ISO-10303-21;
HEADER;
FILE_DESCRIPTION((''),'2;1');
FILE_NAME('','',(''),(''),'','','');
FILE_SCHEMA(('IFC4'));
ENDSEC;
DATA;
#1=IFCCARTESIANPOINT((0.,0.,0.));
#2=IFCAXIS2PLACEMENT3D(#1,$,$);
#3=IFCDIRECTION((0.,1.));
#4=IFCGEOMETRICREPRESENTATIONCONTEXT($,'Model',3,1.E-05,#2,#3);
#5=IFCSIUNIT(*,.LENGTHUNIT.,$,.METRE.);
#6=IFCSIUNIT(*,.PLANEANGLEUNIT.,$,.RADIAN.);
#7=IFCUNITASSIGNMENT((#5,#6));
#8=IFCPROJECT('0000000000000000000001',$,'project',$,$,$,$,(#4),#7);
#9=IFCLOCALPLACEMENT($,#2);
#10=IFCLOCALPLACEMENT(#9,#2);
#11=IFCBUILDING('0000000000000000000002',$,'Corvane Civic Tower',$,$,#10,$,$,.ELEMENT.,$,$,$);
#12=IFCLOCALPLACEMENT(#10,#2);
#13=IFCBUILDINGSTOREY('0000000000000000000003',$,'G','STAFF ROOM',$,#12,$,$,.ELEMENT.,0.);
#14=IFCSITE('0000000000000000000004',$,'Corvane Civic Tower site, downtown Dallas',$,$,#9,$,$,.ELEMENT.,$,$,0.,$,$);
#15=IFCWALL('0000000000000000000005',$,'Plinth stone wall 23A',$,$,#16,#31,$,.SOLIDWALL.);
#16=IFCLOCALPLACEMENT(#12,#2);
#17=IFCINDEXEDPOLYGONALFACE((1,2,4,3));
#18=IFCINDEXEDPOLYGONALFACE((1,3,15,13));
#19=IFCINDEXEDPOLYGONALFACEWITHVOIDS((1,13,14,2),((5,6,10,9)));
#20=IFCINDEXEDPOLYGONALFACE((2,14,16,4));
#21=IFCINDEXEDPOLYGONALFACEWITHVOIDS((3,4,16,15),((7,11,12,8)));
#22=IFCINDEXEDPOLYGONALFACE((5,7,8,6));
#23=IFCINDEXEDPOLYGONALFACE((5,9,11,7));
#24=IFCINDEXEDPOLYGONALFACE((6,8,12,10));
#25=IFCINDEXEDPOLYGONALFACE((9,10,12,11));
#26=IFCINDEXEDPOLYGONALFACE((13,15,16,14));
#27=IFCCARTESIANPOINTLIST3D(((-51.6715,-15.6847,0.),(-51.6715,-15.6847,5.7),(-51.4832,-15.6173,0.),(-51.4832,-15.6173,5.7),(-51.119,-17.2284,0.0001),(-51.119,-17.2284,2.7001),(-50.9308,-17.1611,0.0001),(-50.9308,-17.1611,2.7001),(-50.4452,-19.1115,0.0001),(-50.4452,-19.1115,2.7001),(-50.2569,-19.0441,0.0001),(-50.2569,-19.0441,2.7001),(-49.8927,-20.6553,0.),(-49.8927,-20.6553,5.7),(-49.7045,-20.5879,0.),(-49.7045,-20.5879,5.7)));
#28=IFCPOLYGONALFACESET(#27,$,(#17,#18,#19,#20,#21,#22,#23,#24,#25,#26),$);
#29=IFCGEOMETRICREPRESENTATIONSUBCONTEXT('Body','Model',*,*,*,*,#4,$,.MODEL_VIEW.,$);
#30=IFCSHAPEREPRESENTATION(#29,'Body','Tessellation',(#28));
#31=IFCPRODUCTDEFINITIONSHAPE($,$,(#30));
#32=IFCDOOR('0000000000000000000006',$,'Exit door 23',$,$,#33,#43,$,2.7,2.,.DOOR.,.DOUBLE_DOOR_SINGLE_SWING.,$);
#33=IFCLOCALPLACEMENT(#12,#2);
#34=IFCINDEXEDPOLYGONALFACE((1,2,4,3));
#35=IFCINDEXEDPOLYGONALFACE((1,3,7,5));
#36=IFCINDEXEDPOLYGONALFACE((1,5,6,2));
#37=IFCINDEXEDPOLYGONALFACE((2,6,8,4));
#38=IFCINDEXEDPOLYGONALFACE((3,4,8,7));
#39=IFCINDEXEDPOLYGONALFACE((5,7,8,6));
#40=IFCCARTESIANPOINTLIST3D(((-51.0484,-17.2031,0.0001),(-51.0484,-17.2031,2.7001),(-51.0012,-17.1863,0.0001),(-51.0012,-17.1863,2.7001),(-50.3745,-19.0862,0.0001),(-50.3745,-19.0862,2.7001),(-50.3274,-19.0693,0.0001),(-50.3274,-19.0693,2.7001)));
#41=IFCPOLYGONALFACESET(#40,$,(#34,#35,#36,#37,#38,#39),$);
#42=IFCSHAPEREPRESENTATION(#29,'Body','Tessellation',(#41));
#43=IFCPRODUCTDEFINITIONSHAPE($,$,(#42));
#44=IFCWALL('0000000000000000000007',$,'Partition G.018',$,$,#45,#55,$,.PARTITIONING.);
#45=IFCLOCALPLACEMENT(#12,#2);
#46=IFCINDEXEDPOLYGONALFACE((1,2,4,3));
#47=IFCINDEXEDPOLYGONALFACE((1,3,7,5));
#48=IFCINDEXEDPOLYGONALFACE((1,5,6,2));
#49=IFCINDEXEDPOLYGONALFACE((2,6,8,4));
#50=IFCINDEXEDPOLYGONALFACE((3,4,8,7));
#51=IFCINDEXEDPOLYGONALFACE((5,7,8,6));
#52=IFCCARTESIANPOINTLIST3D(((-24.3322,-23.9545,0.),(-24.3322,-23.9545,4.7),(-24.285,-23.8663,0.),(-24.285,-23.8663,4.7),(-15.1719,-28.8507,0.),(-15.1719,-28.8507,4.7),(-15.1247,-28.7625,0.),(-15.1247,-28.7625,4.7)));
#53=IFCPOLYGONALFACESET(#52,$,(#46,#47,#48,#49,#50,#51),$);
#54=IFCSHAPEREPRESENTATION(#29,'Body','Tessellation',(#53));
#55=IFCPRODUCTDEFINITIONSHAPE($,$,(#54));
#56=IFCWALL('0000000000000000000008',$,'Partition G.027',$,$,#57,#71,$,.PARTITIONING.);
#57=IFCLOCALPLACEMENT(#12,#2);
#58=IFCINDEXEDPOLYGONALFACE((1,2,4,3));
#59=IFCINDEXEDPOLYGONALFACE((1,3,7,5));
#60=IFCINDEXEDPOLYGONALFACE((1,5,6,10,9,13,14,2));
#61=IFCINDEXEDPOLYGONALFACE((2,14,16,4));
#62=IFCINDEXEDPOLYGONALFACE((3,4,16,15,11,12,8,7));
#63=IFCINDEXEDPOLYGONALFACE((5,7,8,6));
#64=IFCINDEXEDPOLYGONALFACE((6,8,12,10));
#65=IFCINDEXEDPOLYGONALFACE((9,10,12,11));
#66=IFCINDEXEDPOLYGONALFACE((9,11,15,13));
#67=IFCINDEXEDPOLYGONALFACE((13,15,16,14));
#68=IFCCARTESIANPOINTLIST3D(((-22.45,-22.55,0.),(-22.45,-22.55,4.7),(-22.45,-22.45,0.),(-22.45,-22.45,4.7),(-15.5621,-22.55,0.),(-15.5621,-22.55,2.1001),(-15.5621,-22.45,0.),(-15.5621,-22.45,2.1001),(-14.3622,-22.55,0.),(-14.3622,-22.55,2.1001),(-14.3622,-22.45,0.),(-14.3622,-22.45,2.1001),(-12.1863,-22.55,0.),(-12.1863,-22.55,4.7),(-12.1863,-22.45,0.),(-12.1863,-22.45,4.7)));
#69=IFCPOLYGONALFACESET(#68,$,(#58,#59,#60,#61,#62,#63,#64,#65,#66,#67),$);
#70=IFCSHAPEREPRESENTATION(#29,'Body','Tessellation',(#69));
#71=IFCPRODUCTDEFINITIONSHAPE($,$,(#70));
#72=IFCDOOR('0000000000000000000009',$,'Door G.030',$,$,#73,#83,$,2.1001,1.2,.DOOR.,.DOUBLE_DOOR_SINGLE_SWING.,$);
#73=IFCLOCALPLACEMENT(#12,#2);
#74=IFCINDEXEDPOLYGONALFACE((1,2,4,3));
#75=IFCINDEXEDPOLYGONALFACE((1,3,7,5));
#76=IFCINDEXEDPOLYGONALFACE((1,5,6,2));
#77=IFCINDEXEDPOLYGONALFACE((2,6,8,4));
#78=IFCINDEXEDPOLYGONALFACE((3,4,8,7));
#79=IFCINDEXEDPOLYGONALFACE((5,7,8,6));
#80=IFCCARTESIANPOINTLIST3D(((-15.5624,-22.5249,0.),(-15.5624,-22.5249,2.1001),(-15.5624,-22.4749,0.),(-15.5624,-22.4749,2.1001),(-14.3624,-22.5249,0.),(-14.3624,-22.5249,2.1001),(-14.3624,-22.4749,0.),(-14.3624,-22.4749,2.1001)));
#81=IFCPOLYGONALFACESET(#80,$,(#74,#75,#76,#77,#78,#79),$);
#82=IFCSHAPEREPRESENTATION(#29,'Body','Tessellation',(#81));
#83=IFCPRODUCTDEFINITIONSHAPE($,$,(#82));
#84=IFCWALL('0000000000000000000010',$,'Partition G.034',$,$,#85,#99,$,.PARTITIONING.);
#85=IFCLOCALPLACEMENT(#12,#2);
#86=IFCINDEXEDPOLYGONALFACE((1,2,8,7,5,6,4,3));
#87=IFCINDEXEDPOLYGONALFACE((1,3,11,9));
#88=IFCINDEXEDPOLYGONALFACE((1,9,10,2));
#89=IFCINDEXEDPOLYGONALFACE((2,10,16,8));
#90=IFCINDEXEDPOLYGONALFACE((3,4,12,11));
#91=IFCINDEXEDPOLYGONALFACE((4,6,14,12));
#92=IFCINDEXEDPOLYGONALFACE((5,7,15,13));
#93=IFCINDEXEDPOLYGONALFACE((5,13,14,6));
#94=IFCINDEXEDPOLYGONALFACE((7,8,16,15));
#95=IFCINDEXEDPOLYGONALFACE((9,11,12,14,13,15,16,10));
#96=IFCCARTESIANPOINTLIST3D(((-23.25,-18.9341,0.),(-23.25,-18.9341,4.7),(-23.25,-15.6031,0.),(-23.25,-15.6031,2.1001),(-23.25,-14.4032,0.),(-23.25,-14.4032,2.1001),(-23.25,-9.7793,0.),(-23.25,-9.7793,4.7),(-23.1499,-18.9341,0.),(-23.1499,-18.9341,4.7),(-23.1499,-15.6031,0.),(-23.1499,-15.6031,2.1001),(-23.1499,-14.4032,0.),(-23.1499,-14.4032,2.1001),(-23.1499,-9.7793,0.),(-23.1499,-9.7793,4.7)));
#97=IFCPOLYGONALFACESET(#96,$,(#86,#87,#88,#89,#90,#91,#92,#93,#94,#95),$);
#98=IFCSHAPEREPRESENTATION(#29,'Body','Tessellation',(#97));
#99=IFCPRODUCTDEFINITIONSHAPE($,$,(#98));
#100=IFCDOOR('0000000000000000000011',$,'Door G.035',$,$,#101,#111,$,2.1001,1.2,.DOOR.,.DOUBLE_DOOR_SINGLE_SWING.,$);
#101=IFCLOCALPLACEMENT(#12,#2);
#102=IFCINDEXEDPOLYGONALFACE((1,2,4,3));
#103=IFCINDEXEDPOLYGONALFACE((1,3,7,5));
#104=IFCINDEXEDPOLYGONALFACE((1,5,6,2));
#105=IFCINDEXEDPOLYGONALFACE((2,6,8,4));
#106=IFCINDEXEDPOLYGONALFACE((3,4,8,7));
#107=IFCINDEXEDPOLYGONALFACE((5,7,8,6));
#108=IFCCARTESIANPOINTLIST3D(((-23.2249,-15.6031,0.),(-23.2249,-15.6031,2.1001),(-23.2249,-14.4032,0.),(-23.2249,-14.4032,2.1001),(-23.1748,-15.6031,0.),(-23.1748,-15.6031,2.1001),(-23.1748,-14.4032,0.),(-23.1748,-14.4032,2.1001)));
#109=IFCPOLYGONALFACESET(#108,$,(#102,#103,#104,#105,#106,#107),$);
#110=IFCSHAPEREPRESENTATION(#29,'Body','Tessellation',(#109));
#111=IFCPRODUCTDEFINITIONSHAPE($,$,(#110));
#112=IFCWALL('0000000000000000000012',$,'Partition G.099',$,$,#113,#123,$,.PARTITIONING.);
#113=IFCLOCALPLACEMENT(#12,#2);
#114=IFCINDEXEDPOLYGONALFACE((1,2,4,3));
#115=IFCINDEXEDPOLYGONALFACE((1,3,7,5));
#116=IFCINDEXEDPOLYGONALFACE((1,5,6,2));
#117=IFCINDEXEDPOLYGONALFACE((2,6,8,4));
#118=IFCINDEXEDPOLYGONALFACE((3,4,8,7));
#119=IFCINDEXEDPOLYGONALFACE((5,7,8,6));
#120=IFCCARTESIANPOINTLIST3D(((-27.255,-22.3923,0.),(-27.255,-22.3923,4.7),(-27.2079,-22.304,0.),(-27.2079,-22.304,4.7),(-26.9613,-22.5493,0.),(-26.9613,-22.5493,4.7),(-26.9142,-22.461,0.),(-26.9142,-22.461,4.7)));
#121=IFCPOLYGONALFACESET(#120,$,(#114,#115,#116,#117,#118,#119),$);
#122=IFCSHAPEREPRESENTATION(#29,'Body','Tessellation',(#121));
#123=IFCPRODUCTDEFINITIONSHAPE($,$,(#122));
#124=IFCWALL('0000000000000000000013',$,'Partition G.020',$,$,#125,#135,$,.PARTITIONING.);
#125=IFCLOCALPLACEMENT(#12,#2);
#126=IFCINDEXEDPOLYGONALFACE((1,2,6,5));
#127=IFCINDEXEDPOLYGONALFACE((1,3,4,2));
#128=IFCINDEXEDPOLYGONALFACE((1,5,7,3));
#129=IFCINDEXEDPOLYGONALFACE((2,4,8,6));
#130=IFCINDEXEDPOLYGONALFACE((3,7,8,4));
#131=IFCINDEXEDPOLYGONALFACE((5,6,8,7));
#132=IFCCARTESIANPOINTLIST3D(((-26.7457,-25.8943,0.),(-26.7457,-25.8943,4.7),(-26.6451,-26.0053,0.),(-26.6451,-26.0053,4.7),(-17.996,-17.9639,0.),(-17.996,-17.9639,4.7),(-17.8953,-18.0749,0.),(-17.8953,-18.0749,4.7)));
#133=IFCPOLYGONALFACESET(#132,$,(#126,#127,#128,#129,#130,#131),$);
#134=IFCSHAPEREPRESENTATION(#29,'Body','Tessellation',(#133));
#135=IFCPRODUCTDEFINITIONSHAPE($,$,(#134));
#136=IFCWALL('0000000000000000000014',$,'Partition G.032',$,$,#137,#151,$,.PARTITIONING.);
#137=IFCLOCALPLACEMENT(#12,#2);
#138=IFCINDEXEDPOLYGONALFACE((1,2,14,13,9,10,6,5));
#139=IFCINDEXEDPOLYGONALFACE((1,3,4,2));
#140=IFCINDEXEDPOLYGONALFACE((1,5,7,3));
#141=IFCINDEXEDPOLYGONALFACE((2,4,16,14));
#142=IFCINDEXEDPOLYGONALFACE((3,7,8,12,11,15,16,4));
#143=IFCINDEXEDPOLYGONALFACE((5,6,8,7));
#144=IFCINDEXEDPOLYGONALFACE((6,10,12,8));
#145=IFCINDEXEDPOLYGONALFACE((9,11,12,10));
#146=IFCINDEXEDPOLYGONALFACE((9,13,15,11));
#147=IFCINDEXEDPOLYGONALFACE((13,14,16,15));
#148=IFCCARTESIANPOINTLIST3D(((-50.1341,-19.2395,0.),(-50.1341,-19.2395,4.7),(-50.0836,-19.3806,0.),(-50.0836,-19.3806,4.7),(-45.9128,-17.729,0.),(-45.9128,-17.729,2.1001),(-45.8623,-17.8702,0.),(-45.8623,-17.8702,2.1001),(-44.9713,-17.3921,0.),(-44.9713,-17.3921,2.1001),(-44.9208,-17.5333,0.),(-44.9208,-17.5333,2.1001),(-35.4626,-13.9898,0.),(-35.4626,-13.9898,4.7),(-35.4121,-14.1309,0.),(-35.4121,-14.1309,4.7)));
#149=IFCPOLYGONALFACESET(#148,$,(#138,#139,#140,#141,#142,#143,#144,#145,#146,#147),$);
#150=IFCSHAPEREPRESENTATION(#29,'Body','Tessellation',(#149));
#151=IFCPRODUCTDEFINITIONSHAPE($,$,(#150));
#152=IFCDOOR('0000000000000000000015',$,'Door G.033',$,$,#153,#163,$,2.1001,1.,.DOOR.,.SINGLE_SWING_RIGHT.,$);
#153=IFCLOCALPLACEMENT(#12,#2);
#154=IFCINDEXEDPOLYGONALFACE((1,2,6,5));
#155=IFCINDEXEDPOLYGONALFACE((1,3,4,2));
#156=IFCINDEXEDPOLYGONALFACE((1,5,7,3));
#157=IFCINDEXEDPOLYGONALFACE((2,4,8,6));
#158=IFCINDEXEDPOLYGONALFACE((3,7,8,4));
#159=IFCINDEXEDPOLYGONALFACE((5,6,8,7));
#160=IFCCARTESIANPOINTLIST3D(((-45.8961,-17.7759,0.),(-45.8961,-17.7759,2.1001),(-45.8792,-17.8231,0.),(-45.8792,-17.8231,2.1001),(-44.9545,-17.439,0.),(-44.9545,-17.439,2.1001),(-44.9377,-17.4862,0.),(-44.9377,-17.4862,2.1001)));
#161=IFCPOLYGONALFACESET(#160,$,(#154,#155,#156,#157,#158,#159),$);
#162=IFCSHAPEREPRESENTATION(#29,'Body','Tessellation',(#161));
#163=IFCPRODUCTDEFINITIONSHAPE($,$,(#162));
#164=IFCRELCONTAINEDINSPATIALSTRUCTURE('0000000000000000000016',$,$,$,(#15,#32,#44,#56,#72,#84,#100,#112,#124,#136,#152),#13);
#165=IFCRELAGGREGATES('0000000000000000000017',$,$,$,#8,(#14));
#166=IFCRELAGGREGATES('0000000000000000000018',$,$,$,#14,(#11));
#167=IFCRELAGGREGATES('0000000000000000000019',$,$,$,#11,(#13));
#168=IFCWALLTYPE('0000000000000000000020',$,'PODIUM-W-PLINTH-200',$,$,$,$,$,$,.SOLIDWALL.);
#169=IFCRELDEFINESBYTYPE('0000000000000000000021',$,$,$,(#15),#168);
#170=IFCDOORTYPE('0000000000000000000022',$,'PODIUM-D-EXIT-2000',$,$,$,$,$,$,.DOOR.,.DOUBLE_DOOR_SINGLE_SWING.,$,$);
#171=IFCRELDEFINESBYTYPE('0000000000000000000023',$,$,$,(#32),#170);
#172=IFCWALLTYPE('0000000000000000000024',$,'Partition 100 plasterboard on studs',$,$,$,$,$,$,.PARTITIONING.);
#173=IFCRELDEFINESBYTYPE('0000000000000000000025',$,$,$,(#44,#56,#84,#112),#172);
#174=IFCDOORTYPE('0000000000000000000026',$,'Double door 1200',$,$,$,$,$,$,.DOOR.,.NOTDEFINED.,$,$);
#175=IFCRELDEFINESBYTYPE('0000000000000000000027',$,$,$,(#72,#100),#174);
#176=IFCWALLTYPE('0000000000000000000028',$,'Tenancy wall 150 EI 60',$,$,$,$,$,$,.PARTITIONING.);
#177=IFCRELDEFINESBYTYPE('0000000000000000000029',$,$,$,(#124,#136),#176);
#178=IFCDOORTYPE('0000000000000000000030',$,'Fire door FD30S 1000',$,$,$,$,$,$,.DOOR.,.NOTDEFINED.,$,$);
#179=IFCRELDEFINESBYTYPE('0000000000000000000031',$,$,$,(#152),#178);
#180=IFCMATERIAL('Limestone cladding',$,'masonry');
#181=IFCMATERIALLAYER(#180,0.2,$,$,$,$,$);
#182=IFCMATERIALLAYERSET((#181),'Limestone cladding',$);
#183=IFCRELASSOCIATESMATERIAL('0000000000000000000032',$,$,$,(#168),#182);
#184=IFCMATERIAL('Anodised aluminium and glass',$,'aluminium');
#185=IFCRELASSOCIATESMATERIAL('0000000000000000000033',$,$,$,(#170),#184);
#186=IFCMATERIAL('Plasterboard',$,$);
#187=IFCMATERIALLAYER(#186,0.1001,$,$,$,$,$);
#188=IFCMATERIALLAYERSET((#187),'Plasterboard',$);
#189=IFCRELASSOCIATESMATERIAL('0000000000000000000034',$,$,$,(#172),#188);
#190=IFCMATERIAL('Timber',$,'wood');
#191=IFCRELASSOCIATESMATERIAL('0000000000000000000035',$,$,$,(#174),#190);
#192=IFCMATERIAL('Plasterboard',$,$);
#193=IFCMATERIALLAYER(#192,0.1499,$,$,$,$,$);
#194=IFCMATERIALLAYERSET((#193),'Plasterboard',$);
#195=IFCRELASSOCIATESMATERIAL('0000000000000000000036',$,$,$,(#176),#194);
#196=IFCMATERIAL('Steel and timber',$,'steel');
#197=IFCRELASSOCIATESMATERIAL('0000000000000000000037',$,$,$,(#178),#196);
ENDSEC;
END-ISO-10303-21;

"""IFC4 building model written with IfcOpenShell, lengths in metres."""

from ifc_helpers import new_model, si_unit, direction, frame, frame_2d, origin, place, context, subcontext, project, spatial, rectangle, extrude, material, layer, layer_set, type_object, element, fill, save


model = new_model("IFC4")

# Units and contexts
model_context = context("Model", 3, precision=1e-05, world=origin(), true_north=direction((0.0, 1.0)))
body_context = subcontext(model_context, "Body", "Model", "MODEL_VIEW")
ifc_project = project(units=[si_unit("LENGTHUNIT", "METRE"), si_unit("PLANEANGLEUNIT", "RADIAN")], contexts=[model_context])

# Site, building, storey
site_placement = place(None, origin())
site = spatial("IfcSite", under=ifc_project, at=site_placement, Name="Corvane Civic Tower site, downtown Dallas", CompositionType="ELEMENT", RefElevation=0.0)
building_placement = place(site_placement, origin())
building = spatial("IfcBuilding", under=site, at=building_placement, Name="Corvane Civic Tower", CompositionType="ELEMENT")
storey_placement = place(building_placement, origin())
storey = spatial("IfcBuildingStorey", under=building, at=storey_placement, Name="G", Description="STAFF ROOM", CompositionType="ELEMENT", Elevation=0.0)

# Wall, opening, door
ifc_material_1 = material(Name="Limestone cladding", Category="masonry")
ifc_layer_1 = layer(ifc_material_1, 0.2)
ifc_layer_set_1 = layer_set([ifc_layer_1], Name="Limestone cladding")
wall_type_1 = type_object("IfcWallType", Name="PODIUM-W-PLINTH-200", PredefinedType="SOLIDWALL", material=ifc_layer_set_1)
wall_1_placement = place(storey_placement, frame((-49.7986, -20.6216, 0.0), z_axis=(0.0, 0.0, 1.0), x_axis=(-0.336934, 0.941528, 0.0)))
wall_1 = element("IfcWall", 1, at=wall_1_placement, inside=storey, type_object=wall_type_1, Name="Plinth stone wall 23A", PredefinedType="SOLIDWALL", context=body_context, shape_type="SweptSolid", body=[
    extrude(rectangle(XDim=5.2793, YDim=0.2, at=frame_2d((2.6396, 0.0))), origin(), (0.0, 0.0, 1.0), 5.7),
])
opening_1_placement = place(wall_1_placement, frame((1.6396, 0.0, 0.0)))
opening_1 = element("IfcOpeningElement", 2, at=opening_1_placement, cuts=wall_1, PredefinedType="OPENING", context=body_context, shape_type="SweptSolid", body=[
    extrude(rectangle(XDim=2.0, YDim=2.7, at=frame_2d((1.0, 1.3501))), frame((0.0, 0.1099, 0.0), z_axis=(0.0, -1.0, 0.0), x_axis=(1.0, 0.0, 0.0)), (0.0, 0.0, 1.0), 0.22),
])
ifc_material_2 = material(Name="Anodised aluminium and glass", Category="aluminium")
door_type_1 = type_object("IfcDoorType", Name="PODIUM-D-EXIT-2000", OperationType="DOUBLE_DOOR_SINGLE_SWING", PredefinedType="DOOR", material=ifc_material_2)
door_1_placement = place(opening_1_placement, origin())
door_1 = element("IfcDoor", 3, at=door_1_placement, inside=storey, type_object=door_type_1, Name="Exit door 23", OperationType="DOUBLE_DOOR_SINGLE_SWING", OverallHeight=2.7, OverallWidth=2.0, PredefinedType="DOOR", context=body_context, shape_type="SweptSolid", body=[
    extrude(rectangle(XDim=2.0, YDim=2.7, at=frame_2d((1.0, 1.3501))), frame((0.0, 0.0249, 0.0), z_axis=(0.0, -1.0, 0.0), x_axis=(1.0, 0.0, 0.0)), (0.0, 0.0, 1.0), 0.05),
])
fill(opening_1, door_1)

# Wall
ifc_material_3 = material(Name="Plasterboard")
ifc_layer_2 = layer(ifc_material_3, 0.1001)
ifc_layer_set_2 = layer_set([ifc_layer_2], Name="Plasterboard")
wall_type_2 = type_object("IfcWallType", Name="Partition 100 plasterboard on studs", PredefinedType="PARTITIONING", material=ifc_layer_set_2)
wall_2_placement = place(storey_placement, frame((-24.3086, -23.9104, 0.0), z_axis=(0.0, 0.0, 1.0), x_axis=(0.881925, -0.47139, 0.0)))
element("IfcWall", 4, at=wall_2_placement, inside=storey, type_object=wall_type_2, Name="Partition G.018", PredefinedType="PARTITIONING", context=body_context, shape_type="SweptSolid", body=[
    extrude(rectangle(XDim=10.3867, YDim=0.1001, at=frame_2d((5.1934, 0.0))), origin(), (0.0, 0.0, 1.0), 4.7),
])

# Walls, openings, doors
wall_3_placement = place(storey_placement, frame((-22.45, -22.5, 0.0), z_axis=(0.0, 0.0, 1.0), x_axis=(1.0, 0.0, 0.0)))
wall_3 = element("IfcWall", 5, at=wall_3_placement, inside=storey, type_object=wall_type_2, Name="Partition G.027", PredefinedType="PARTITIONING", context=body_context, shape_type="SweptSolid", body=[
    extrude(rectangle(XDim=10.2637, YDim=0.1001, at=frame_2d((5.1318, 0.0))), origin(), (0.0, 0.0, 1.0), 4.7),
])
opening_2_placement = place(wall_3_placement, frame((6.8877, 0.0, 0.0)))
opening_2 = element("IfcOpeningElement", 6, at=opening_2_placement, cuts=wall_3, PredefinedType="OPENING", context=body_context, shape_type="SweptSolid", body=[
    extrude(rectangle(XDim=1.2, YDim=2.1001, at=frame_2d((0.6001, 1.05))), frame((0.0, 0.0601, 0.0), z_axis=(0.0, -1.0, 0.0), x_axis=(1.0, 0.0, 0.0)), (0.0, 0.0, 1.0), 0.1201),
])
ifc_material_4 = material(Name="Timber", Category="wood")
door_type_2 = type_object("IfcDoorType", Name="Double door 1200", OperationType="NOTDEFINED", PredefinedType="DOOR", material=ifc_material_4)
door_2_placement = place(opening_2_placement, frame((1.2, 0.0, 0.0), z_axis=(0.0, 0.0, 1.0), x_axis=(-1.0, 0.0, 0.0)))
door_2 = element("IfcDoor", 7, at=door_2_placement, inside=storey, type_object=door_type_2, Name="Door G.030", OperationType="DOUBLE_DOOR_SINGLE_SWING", OverallHeight=2.1001, OverallWidth=1.2, PredefinedType="DOOR", context=body_context, shape_type="SweptSolid", body=[
    extrude(rectangle(XDim=1.2, YDim=2.1001, at=frame_2d((0.6001, 1.05))), frame((0.0, 0.0249, 0.0), z_axis=(0.0, -1.0, 0.0), x_axis=(1.0, 0.0, 0.0)), (0.0, 0.0, 1.0), 0.05),
])
fill(opening_2, door_2)
wall_4_placement = place(storey_placement, frame((-23.2, -18.9341, 0.0), z_axis=(0.0, 0.0, 1.0), x_axis=(0.0, 1.0, 0.0)))
wall_4 = element("IfcWall", 8, at=wall_4_placement, inside=storey, type_object=wall_type_2, Name="Partition G.034", PredefinedType="PARTITIONING", context=body_context, shape_type="SweptSolid", body=[
    extrude(rectangle(XDim=9.1548, YDim=0.1001, at=frame_2d((4.5774, 0.0))), origin(), (0.0, 0.0, 1.0), 4.7),
])
opening_3_placement = place(wall_4_placement, frame((3.3308, 0.0, 0.0)))
opening_3 = element("IfcOpeningElement", 9, at=opening_3_placement, cuts=wall_4, PredefinedType="OPENING", context=body_context, shape_type="SweptSolid", body=[
    extrude(rectangle(XDim=1.2, YDim=2.1001, at=frame_2d((0.6001, 1.05))), frame((0.0, 0.0601, 0.0), z_axis=(0.0, -1.0, 0.0), x_axis=(1.0, 0.0, 0.0)), (0.0, 0.0, 1.0), 0.1201),
])
door_3_placement = place(opening_3_placement, origin())
door_3 = element("IfcDoor", 10, at=door_3_placement, inside=storey, type_object=door_type_2, Name="Door G.035", OperationType="DOUBLE_DOOR_SINGLE_SWING", OverallHeight=2.1001, OverallWidth=1.2, PredefinedType="DOOR", context=body_context, shape_type="SweptSolid", body=[
    extrude(rectangle(XDim=1.2, YDim=2.1001, at=frame_2d((0.6001, 1.05))), frame((0.0, 0.0249, 0.0), z_axis=(0.0, -1.0, 0.0), x_axis=(1.0, 0.0, 0.0)), (0.0, 0.0, 1.0), 0.05),
])
fill(opening_3, door_3)

# Walls
wall_5_placement = place(storey_placement, frame((-27.2314, -22.3481, 0.0), z_axis=(0.0, 0.0, 1.0), x_axis=(0.881926, -0.471387, 0.0)))
element("IfcWall", 11, at=wall_5_placement, inside=storey, type_object=wall_type_2, Name="Partition G.099", PredefinedType="PARTITIONING", context=body_context, shape_type="SweptSolid", body=[
    extrude(rectangle(XDim=0.333, YDim=0.1001, at=frame_2d((0.1665, 0.0))), origin(), (0.0, 0.0, 1.0), 4.7),
])
ifc_material_5 = material(Name="Plasterboard")
ifc_layer_3 = layer(ifc_material_5, 0.1499)
ifc_layer_set_3 = layer_set([ifc_layer_3], Name="Plasterboard")
wall_type_3 = type_object("IfcWallType", Name="Tenancy wall 150 EI 60", PredefinedType="PARTITIONING", material=ifc_layer_set_3)
wall_6_placement = place(storey_placement, frame((-26.6953, -25.9497, 0.0), z_axis=(0.0, 0.0, 1.0), x_axis=(0.740947, 0.671564, 0.0)))
element("IfcWall", 12, at=wall_6_placement, inside=storey, type_object=wall_type_3, Name="Partition G.020", PredefinedType="PARTITIONING", context=body_context, shape_type="SweptSolid", body=[
    extrude(rectangle(XDim=11.8088, YDim=0.1499, at=frame_2d((5.9043, 0.0))), origin(), (0.0, 0.0, 1.0), 4.7),
])

# Wall, opening, door
wall_7_placement = place(storey_placement, frame((-50.1089, -19.3101, 0.0), z_axis=(0.0, 0.0, 1.0), x_axis=(0.941541, 0.336899, 0.0)))
wall_7 = element("IfcWall", 13, at=wall_7_placement, inside=storey, type_object=wall_type_3, Name="Partition G.032", PredefinedType="PARTITIONING", context=body_context, shape_type="SweptSolid", body=[
    extrude(rectangle(XDim=15.5825, YDim=0.1499, at=frame_2d((7.7913, 0.0))), origin(), (0.0, 0.0, 1.0), 4.7),
])
opening_4_placement = place(wall_7_placement, frame((4.4834, 0.0, 0.0)))
opening_4 = element("IfcOpeningElement", 14, at=opening_4_placement, cuts=wall_7, PredefinedType="OPENING", context=body_context, shape_type="SweptSolid", body=[
    extrude(rectangle(XDim=1.0, YDim=2.1001, at=frame_2d((0.5, 1.05))), frame((0.0, 0.085, 0.0), z_axis=(0.0, -1.0, 0.0), x_axis=(1.0, 0.0, 0.0)), (0.0, 0.0, 1.0), 0.1699),
])
ifc_material_6 = material(Name="Steel and timber", Category="steel")
door_type_3 = type_object("IfcDoorType", Name="Fire door FD30S 1000", OperationType="NOTDEFINED", PredefinedType="DOOR", material=ifc_material_6)
door_4_placement = place(opening_4_placement, frame((1.0, 0.0, 0.0), z_axis=(0.0, 0.0, 1.0), x_axis=(-1.0, 0.0, 0.0)))
door_4 = element("IfcDoor", 15, at=door_4_placement, inside=storey, type_object=door_type_3, Name="Door G.033", OperationType="SINGLE_SWING_RIGHT", OverallHeight=2.1001, OverallWidth=1.0, PredefinedType="DOOR", context=body_context, shape_type="SweptSolid", body=[
    extrude(rectangle(XDim=1.0, YDim=2.1001, at=frame_2d((0.5, 1.05))), frame((0.0, 0.0249, 0.0), z_axis=(0.0, -1.0, 0.0), x_axis=(1.0, 0.0, 0.0)), (0.0, 0.0, 1.0), 0.05),
])
fill(opening_4, door_4)

save(model, "model.ifc")
